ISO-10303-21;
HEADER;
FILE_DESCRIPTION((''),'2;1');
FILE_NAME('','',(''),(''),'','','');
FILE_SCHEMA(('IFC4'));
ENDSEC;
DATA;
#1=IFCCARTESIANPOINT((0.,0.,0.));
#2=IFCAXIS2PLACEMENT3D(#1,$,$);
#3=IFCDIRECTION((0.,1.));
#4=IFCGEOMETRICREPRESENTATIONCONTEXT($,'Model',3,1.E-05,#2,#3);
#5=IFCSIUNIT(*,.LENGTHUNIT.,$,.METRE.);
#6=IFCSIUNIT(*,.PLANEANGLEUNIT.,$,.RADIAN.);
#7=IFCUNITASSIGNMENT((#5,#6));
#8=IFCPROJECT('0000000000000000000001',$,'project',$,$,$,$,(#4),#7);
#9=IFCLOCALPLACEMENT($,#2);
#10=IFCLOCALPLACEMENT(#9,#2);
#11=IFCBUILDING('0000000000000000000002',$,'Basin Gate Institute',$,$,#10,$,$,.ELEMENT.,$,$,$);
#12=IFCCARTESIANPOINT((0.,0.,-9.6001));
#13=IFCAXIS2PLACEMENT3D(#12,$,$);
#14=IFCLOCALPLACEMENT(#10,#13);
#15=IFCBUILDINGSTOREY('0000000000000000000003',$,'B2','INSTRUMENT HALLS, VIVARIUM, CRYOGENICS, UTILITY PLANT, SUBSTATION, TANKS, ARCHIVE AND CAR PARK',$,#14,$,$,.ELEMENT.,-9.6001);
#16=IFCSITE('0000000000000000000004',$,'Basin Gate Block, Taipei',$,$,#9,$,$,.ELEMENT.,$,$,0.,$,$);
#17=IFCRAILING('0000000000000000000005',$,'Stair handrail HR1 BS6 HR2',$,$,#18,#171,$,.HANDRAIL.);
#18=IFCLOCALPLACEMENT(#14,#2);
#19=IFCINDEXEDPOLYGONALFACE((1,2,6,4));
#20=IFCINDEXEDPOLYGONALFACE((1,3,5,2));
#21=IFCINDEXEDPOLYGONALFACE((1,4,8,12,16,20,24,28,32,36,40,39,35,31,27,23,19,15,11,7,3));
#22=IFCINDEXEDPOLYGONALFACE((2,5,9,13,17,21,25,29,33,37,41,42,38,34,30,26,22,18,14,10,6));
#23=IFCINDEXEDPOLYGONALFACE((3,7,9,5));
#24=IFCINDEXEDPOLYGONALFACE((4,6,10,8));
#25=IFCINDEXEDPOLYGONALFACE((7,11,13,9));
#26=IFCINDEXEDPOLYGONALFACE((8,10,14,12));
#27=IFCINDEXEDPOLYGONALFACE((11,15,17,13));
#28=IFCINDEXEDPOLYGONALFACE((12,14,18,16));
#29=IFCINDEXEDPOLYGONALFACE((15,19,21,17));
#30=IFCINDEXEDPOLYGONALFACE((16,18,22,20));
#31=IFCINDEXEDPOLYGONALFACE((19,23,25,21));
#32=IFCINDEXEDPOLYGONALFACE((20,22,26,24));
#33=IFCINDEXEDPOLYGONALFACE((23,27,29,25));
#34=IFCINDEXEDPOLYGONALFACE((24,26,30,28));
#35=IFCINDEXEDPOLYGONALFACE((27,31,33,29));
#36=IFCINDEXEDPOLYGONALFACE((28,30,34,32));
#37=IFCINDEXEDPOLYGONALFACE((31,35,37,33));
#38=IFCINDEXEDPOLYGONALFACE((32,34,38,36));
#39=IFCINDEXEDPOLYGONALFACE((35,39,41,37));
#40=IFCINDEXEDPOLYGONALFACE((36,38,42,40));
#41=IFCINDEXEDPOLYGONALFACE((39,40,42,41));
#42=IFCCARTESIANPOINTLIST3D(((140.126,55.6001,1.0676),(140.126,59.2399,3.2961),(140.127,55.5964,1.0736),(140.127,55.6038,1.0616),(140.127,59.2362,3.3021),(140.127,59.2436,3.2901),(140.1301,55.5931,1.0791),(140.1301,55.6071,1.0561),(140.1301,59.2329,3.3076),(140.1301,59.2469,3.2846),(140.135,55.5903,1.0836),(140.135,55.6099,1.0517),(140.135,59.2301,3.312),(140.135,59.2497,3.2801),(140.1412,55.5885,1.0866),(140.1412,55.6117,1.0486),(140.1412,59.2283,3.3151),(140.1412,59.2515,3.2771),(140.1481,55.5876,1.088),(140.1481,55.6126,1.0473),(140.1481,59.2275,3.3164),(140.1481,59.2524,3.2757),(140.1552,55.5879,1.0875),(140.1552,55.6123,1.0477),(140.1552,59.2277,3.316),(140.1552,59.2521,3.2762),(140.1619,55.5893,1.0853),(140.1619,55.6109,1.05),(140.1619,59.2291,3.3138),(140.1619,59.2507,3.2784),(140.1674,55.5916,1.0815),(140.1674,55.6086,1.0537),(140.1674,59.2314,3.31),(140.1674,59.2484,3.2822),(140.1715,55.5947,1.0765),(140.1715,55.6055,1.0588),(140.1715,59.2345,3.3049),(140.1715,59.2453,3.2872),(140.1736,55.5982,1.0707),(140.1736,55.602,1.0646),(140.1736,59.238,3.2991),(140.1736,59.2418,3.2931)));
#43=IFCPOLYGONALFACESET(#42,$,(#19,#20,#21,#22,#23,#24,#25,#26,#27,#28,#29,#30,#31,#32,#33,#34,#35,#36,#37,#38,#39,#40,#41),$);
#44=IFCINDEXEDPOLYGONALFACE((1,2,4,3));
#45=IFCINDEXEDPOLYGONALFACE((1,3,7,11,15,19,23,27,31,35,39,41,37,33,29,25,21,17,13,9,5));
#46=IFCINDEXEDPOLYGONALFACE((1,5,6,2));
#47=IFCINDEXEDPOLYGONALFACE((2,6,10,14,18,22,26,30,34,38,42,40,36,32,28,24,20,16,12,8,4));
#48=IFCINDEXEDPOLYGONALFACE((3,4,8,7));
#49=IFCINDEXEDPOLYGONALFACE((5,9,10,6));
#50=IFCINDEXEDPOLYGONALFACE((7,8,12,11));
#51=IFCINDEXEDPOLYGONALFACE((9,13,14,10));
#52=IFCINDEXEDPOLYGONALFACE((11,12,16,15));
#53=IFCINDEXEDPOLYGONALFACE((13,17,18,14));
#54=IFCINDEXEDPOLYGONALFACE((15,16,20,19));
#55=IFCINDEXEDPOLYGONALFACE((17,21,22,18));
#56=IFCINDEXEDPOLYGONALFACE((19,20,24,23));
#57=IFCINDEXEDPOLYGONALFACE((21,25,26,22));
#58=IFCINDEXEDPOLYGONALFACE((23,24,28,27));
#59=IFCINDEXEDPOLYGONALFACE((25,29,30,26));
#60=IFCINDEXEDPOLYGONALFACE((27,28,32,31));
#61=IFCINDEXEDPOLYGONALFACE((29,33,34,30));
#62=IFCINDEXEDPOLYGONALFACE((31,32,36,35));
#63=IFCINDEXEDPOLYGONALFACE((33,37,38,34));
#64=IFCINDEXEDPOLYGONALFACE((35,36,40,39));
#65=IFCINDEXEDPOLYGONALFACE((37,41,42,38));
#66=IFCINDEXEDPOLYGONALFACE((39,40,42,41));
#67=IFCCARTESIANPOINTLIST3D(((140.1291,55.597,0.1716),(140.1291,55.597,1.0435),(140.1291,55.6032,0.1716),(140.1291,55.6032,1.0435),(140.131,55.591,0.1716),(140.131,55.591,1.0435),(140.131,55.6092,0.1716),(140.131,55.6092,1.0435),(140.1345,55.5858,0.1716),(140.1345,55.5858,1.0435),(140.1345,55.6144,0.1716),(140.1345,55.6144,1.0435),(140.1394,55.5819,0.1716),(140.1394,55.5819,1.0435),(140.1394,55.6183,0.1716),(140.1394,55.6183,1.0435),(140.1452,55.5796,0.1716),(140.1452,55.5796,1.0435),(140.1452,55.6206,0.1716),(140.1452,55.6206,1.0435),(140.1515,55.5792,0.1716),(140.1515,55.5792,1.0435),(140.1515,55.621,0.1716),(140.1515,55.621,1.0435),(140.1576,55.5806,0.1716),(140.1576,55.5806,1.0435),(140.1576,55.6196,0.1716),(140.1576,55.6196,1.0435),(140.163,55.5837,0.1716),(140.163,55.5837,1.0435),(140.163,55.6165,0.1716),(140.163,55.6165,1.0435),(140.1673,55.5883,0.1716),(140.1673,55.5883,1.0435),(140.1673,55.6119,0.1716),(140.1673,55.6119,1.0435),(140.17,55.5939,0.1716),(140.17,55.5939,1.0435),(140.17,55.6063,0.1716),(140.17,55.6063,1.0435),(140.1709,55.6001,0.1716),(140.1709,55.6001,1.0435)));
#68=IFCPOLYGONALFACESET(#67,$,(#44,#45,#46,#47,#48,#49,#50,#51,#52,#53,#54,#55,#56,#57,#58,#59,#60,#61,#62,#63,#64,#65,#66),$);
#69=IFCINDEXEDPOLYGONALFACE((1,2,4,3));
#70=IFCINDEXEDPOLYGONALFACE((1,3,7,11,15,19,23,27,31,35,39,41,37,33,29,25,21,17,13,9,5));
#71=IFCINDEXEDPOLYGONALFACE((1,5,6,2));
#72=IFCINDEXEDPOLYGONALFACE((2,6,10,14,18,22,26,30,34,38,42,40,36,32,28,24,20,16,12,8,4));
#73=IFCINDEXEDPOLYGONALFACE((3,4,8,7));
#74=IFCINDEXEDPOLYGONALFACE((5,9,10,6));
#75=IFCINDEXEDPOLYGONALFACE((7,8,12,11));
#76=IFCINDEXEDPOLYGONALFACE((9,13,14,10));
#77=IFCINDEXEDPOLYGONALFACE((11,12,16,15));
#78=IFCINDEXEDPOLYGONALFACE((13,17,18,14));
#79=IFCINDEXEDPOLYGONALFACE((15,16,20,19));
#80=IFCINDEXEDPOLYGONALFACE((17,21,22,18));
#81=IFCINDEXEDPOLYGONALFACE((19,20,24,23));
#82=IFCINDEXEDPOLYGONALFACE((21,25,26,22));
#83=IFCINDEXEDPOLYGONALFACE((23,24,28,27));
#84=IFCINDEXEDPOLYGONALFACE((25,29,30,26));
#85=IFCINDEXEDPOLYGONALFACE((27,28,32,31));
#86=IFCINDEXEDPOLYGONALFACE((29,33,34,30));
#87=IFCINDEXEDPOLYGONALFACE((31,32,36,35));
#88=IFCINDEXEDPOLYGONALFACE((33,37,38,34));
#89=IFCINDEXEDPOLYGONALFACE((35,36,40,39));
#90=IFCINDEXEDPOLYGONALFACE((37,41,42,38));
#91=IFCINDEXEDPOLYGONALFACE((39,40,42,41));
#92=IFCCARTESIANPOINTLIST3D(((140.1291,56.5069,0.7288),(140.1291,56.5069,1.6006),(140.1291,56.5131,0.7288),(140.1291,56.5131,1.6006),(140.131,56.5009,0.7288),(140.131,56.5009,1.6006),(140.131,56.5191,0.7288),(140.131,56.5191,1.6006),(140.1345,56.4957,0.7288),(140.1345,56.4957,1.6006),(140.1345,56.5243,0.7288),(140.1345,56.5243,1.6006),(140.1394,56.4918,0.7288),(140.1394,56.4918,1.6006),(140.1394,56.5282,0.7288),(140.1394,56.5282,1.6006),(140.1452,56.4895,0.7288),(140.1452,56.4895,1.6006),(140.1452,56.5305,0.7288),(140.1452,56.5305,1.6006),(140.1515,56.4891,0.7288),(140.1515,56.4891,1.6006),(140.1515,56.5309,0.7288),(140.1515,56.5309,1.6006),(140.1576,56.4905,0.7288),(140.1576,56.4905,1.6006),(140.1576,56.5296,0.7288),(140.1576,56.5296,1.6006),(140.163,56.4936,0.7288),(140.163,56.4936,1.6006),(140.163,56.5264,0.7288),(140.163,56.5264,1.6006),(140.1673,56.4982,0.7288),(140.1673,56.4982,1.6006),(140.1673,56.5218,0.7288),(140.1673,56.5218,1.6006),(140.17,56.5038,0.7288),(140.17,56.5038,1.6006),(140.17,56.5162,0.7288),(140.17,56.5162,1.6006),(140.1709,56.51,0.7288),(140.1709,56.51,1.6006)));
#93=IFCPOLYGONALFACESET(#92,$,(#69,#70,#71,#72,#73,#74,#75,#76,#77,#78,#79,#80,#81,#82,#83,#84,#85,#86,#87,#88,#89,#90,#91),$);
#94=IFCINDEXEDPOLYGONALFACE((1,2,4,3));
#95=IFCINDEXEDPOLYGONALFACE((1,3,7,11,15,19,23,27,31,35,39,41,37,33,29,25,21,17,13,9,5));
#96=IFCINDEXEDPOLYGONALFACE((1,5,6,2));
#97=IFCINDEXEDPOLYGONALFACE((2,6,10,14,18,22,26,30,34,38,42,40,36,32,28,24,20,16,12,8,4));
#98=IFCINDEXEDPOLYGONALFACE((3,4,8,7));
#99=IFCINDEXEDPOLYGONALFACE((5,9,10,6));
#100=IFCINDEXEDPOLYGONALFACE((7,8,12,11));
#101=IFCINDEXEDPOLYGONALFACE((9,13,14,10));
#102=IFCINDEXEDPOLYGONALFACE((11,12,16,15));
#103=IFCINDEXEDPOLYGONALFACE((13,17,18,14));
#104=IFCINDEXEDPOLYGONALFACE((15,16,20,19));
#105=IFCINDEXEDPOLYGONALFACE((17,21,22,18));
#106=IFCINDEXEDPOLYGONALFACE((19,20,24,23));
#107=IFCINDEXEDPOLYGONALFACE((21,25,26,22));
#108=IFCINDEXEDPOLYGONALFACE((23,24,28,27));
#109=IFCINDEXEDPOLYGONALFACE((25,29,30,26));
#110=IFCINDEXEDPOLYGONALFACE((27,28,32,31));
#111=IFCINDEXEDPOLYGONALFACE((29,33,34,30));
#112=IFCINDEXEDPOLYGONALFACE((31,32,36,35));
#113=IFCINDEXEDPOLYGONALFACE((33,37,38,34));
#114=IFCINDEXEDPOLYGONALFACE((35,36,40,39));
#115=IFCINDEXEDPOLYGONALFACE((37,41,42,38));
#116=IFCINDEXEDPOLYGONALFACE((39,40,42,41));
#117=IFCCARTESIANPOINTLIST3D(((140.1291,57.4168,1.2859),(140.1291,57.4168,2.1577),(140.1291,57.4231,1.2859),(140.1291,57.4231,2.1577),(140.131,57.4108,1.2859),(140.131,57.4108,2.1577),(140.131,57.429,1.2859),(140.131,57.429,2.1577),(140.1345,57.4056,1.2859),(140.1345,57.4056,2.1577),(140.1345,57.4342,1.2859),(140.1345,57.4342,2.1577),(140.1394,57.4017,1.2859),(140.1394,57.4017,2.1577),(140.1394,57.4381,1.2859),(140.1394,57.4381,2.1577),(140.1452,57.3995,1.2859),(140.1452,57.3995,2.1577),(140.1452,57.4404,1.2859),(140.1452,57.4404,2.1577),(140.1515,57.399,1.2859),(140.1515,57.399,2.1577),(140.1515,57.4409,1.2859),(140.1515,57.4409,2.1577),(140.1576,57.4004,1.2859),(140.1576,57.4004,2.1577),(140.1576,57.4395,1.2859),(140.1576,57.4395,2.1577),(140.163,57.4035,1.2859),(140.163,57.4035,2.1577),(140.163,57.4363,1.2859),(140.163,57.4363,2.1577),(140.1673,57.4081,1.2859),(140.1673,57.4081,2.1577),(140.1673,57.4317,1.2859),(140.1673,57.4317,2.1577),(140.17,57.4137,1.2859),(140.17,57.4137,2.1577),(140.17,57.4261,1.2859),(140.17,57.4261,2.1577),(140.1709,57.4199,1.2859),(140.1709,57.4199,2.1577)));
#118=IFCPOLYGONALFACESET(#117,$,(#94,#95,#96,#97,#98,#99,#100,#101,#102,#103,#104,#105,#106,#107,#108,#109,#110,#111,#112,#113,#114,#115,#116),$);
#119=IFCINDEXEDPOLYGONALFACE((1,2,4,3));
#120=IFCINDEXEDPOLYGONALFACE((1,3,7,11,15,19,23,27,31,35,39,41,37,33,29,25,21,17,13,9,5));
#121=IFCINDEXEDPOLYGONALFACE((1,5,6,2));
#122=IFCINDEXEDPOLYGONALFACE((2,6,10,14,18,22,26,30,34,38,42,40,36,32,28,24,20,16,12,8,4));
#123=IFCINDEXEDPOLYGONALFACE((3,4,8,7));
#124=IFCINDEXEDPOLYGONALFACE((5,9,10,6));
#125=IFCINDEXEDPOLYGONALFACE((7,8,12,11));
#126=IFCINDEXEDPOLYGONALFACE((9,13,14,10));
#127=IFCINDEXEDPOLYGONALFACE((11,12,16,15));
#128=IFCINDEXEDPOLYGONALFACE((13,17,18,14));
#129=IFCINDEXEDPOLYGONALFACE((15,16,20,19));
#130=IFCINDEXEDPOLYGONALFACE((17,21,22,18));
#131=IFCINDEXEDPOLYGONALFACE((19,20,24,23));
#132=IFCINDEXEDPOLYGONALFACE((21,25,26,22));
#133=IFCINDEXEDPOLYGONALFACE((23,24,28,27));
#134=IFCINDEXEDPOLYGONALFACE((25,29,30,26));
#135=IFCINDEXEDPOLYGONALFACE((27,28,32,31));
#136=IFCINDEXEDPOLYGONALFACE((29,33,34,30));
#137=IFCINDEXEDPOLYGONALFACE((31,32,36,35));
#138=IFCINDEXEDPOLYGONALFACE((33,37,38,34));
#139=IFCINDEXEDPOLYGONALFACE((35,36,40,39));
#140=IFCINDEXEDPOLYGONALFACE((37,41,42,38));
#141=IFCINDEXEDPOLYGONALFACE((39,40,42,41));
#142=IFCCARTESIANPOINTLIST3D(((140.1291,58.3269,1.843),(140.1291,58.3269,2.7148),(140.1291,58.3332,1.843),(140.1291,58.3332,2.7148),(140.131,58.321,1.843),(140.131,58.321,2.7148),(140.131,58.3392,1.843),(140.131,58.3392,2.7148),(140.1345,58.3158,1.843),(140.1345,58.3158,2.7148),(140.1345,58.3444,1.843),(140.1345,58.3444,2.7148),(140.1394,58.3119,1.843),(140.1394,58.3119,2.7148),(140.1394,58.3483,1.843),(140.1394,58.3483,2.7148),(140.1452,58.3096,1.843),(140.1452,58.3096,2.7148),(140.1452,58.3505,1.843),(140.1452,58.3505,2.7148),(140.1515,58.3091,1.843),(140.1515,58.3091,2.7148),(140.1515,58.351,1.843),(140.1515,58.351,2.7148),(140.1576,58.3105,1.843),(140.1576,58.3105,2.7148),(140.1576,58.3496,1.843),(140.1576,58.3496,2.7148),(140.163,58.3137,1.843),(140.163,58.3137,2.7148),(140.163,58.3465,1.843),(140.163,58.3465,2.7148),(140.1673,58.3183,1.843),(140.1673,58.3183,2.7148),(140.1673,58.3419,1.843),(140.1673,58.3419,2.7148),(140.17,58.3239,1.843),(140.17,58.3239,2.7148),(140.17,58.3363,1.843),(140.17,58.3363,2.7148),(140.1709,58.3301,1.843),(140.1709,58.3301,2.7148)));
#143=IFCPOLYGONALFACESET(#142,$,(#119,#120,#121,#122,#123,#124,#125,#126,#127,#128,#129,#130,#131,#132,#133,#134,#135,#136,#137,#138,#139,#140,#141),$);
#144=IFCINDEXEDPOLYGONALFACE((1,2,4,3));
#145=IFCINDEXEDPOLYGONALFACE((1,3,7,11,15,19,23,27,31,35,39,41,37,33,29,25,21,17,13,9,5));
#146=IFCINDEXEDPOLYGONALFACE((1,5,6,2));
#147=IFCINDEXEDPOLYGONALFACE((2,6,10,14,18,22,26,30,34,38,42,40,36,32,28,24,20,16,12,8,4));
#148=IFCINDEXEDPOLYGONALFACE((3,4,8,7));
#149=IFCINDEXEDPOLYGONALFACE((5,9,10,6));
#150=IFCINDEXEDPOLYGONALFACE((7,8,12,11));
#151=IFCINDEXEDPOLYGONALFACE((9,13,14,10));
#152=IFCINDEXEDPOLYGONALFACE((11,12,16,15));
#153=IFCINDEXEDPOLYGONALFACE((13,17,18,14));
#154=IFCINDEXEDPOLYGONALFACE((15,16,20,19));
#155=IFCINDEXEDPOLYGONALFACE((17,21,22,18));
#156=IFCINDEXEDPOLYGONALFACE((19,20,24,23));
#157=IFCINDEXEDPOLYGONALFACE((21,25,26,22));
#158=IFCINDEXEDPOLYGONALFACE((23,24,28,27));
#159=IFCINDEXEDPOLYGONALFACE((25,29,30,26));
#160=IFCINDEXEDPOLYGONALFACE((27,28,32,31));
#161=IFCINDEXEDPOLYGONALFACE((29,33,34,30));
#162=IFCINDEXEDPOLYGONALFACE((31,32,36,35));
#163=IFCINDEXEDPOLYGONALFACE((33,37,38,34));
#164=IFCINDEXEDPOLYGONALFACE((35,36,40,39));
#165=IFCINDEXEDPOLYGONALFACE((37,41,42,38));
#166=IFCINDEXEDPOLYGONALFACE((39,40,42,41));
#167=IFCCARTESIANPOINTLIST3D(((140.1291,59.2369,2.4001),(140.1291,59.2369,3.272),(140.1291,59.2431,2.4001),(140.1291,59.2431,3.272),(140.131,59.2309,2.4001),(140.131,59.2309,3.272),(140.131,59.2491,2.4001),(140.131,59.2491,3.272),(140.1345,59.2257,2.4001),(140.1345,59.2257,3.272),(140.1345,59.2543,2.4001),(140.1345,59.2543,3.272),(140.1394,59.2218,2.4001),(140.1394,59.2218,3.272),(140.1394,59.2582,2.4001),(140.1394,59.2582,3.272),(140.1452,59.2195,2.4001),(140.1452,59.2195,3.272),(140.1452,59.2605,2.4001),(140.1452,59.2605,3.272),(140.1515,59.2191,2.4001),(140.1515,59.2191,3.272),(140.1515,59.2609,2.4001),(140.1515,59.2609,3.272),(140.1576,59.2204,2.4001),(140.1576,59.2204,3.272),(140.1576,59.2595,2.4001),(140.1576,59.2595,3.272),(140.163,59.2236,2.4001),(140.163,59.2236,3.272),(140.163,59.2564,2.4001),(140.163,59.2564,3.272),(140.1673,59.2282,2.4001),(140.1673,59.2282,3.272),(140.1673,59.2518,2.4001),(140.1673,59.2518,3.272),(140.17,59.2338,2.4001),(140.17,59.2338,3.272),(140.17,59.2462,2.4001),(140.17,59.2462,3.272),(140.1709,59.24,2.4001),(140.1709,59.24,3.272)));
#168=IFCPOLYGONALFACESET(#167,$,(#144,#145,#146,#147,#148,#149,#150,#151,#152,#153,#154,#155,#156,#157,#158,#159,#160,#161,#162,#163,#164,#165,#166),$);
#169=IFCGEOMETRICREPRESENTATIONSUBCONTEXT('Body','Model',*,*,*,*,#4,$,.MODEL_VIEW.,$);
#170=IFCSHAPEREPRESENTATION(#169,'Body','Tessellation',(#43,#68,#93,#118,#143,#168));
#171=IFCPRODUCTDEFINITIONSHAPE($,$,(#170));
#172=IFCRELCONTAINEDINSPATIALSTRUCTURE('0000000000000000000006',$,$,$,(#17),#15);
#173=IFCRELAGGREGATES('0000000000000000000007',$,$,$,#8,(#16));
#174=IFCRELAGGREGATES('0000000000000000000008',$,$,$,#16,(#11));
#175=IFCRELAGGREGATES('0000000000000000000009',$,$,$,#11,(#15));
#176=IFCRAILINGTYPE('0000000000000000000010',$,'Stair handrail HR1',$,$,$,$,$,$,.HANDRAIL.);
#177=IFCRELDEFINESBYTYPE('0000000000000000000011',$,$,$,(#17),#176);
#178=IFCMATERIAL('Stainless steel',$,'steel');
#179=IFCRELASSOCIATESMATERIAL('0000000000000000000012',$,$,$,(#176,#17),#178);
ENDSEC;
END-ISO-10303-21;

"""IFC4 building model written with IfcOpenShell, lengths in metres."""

from ifc_helpers import new_model, si_unit, direction, frame, origin, origin_2d, place, context, subcontext, project, spatial, circle, extrude, material, type_object, element, save


model = new_model("IFC4")

# Units and contexts
model_context = context("Model", 3, precision=1e-05, world=origin(), true_north=direction((0.0, 1.0)))
body_context = subcontext(model_context, "Body", "Model", "MODEL_VIEW")
ifc_project = project(units=[si_unit("LENGTHUNIT", "METRE"), si_unit("PLANEANGLEUNIT", "RADIAN")], contexts=[model_context])

# Site, building, storey
site_placement = place(None, origin())
site = spatial("IfcSite", under=ifc_project, at=site_placement, Name="Basin Gate Block, Taipei", CompositionType="ELEMENT", RefElevation=0.0)
building_placement = place(site_placement, origin())
building = spatial("IfcBuilding", under=site, at=building_placement, Name="Basin Gate Institute", CompositionType="ELEMENT")
storey_placement = place(building_placement, frame((0.0, 0.0, -9.6001)))
storey = spatial("IfcBuildingStorey", under=building, at=storey_placement, Name="B2", Description="INSTRUMENT HALLS, VIVARIUM, CRYOGENICS, UTILITY PLANT, SUBSTATION, TANKS, ARCHIVE AND CAR PARK", CompositionType="ELEMENT", Elevation=-9.6001)

# Railing
ifc_material_1 = material(Name="Stainless steel", Category="steel")
railing_type_1 = type_object("IfcRailingType", Name="Stair handrail HR1", PredefinedType="HANDRAIL", material=ifc_material_1)
for number, where, name in (
    (1, (140.1499, 55.6001, 0.1716), "Stair handrail HR1 BS6 HR2"),
):
    element("IfcRailing", number, at=place(storey_placement, frame(where)), inside=storey, type_object=railing_type_1, material=ifc_material_1, Name=name, PredefinedType="HANDRAIL", context=body_context, shape_type="SweptSolid", body=[
        extrude(circle(Radius=0.0239, at=origin_2d()), frame((0.0, 0.0, 0.896), z_axis=(0.0, 0.85285, 0.522156), x_axis=(-1.0, 0.0, 0.0)), (0.0, 0.0, 1.0), 4.2678),
        extrude(circle(Radius=0.021, at=origin_2d()), origin(), (0.0, 0.0, 1.0), 0.8718),
        extrude(circle(Radius=0.021, at=origin_2d()), frame((0.0, 0.9099, 0.5571)), (0.0, 0.0, 1.0), 0.8718),
        extrude(circle(Radius=0.021, at=origin_2d()), frame((0.0, 1.8198, 1.1143)), (0.0, 0.0, 1.0), 0.8718),
        extrude(circle(Radius=0.021, at=origin_2d()), frame((0.0, 2.73, 1.6714)), (0.0, 0.0, 1.0), 0.8718),
        extrude(circle(Radius=0.021, at=origin_2d()), frame((0.0, 3.6399, 2.2285)), (0.0, 0.0, 1.0), 0.8718),
    ])

save(model, "model.ifc")
